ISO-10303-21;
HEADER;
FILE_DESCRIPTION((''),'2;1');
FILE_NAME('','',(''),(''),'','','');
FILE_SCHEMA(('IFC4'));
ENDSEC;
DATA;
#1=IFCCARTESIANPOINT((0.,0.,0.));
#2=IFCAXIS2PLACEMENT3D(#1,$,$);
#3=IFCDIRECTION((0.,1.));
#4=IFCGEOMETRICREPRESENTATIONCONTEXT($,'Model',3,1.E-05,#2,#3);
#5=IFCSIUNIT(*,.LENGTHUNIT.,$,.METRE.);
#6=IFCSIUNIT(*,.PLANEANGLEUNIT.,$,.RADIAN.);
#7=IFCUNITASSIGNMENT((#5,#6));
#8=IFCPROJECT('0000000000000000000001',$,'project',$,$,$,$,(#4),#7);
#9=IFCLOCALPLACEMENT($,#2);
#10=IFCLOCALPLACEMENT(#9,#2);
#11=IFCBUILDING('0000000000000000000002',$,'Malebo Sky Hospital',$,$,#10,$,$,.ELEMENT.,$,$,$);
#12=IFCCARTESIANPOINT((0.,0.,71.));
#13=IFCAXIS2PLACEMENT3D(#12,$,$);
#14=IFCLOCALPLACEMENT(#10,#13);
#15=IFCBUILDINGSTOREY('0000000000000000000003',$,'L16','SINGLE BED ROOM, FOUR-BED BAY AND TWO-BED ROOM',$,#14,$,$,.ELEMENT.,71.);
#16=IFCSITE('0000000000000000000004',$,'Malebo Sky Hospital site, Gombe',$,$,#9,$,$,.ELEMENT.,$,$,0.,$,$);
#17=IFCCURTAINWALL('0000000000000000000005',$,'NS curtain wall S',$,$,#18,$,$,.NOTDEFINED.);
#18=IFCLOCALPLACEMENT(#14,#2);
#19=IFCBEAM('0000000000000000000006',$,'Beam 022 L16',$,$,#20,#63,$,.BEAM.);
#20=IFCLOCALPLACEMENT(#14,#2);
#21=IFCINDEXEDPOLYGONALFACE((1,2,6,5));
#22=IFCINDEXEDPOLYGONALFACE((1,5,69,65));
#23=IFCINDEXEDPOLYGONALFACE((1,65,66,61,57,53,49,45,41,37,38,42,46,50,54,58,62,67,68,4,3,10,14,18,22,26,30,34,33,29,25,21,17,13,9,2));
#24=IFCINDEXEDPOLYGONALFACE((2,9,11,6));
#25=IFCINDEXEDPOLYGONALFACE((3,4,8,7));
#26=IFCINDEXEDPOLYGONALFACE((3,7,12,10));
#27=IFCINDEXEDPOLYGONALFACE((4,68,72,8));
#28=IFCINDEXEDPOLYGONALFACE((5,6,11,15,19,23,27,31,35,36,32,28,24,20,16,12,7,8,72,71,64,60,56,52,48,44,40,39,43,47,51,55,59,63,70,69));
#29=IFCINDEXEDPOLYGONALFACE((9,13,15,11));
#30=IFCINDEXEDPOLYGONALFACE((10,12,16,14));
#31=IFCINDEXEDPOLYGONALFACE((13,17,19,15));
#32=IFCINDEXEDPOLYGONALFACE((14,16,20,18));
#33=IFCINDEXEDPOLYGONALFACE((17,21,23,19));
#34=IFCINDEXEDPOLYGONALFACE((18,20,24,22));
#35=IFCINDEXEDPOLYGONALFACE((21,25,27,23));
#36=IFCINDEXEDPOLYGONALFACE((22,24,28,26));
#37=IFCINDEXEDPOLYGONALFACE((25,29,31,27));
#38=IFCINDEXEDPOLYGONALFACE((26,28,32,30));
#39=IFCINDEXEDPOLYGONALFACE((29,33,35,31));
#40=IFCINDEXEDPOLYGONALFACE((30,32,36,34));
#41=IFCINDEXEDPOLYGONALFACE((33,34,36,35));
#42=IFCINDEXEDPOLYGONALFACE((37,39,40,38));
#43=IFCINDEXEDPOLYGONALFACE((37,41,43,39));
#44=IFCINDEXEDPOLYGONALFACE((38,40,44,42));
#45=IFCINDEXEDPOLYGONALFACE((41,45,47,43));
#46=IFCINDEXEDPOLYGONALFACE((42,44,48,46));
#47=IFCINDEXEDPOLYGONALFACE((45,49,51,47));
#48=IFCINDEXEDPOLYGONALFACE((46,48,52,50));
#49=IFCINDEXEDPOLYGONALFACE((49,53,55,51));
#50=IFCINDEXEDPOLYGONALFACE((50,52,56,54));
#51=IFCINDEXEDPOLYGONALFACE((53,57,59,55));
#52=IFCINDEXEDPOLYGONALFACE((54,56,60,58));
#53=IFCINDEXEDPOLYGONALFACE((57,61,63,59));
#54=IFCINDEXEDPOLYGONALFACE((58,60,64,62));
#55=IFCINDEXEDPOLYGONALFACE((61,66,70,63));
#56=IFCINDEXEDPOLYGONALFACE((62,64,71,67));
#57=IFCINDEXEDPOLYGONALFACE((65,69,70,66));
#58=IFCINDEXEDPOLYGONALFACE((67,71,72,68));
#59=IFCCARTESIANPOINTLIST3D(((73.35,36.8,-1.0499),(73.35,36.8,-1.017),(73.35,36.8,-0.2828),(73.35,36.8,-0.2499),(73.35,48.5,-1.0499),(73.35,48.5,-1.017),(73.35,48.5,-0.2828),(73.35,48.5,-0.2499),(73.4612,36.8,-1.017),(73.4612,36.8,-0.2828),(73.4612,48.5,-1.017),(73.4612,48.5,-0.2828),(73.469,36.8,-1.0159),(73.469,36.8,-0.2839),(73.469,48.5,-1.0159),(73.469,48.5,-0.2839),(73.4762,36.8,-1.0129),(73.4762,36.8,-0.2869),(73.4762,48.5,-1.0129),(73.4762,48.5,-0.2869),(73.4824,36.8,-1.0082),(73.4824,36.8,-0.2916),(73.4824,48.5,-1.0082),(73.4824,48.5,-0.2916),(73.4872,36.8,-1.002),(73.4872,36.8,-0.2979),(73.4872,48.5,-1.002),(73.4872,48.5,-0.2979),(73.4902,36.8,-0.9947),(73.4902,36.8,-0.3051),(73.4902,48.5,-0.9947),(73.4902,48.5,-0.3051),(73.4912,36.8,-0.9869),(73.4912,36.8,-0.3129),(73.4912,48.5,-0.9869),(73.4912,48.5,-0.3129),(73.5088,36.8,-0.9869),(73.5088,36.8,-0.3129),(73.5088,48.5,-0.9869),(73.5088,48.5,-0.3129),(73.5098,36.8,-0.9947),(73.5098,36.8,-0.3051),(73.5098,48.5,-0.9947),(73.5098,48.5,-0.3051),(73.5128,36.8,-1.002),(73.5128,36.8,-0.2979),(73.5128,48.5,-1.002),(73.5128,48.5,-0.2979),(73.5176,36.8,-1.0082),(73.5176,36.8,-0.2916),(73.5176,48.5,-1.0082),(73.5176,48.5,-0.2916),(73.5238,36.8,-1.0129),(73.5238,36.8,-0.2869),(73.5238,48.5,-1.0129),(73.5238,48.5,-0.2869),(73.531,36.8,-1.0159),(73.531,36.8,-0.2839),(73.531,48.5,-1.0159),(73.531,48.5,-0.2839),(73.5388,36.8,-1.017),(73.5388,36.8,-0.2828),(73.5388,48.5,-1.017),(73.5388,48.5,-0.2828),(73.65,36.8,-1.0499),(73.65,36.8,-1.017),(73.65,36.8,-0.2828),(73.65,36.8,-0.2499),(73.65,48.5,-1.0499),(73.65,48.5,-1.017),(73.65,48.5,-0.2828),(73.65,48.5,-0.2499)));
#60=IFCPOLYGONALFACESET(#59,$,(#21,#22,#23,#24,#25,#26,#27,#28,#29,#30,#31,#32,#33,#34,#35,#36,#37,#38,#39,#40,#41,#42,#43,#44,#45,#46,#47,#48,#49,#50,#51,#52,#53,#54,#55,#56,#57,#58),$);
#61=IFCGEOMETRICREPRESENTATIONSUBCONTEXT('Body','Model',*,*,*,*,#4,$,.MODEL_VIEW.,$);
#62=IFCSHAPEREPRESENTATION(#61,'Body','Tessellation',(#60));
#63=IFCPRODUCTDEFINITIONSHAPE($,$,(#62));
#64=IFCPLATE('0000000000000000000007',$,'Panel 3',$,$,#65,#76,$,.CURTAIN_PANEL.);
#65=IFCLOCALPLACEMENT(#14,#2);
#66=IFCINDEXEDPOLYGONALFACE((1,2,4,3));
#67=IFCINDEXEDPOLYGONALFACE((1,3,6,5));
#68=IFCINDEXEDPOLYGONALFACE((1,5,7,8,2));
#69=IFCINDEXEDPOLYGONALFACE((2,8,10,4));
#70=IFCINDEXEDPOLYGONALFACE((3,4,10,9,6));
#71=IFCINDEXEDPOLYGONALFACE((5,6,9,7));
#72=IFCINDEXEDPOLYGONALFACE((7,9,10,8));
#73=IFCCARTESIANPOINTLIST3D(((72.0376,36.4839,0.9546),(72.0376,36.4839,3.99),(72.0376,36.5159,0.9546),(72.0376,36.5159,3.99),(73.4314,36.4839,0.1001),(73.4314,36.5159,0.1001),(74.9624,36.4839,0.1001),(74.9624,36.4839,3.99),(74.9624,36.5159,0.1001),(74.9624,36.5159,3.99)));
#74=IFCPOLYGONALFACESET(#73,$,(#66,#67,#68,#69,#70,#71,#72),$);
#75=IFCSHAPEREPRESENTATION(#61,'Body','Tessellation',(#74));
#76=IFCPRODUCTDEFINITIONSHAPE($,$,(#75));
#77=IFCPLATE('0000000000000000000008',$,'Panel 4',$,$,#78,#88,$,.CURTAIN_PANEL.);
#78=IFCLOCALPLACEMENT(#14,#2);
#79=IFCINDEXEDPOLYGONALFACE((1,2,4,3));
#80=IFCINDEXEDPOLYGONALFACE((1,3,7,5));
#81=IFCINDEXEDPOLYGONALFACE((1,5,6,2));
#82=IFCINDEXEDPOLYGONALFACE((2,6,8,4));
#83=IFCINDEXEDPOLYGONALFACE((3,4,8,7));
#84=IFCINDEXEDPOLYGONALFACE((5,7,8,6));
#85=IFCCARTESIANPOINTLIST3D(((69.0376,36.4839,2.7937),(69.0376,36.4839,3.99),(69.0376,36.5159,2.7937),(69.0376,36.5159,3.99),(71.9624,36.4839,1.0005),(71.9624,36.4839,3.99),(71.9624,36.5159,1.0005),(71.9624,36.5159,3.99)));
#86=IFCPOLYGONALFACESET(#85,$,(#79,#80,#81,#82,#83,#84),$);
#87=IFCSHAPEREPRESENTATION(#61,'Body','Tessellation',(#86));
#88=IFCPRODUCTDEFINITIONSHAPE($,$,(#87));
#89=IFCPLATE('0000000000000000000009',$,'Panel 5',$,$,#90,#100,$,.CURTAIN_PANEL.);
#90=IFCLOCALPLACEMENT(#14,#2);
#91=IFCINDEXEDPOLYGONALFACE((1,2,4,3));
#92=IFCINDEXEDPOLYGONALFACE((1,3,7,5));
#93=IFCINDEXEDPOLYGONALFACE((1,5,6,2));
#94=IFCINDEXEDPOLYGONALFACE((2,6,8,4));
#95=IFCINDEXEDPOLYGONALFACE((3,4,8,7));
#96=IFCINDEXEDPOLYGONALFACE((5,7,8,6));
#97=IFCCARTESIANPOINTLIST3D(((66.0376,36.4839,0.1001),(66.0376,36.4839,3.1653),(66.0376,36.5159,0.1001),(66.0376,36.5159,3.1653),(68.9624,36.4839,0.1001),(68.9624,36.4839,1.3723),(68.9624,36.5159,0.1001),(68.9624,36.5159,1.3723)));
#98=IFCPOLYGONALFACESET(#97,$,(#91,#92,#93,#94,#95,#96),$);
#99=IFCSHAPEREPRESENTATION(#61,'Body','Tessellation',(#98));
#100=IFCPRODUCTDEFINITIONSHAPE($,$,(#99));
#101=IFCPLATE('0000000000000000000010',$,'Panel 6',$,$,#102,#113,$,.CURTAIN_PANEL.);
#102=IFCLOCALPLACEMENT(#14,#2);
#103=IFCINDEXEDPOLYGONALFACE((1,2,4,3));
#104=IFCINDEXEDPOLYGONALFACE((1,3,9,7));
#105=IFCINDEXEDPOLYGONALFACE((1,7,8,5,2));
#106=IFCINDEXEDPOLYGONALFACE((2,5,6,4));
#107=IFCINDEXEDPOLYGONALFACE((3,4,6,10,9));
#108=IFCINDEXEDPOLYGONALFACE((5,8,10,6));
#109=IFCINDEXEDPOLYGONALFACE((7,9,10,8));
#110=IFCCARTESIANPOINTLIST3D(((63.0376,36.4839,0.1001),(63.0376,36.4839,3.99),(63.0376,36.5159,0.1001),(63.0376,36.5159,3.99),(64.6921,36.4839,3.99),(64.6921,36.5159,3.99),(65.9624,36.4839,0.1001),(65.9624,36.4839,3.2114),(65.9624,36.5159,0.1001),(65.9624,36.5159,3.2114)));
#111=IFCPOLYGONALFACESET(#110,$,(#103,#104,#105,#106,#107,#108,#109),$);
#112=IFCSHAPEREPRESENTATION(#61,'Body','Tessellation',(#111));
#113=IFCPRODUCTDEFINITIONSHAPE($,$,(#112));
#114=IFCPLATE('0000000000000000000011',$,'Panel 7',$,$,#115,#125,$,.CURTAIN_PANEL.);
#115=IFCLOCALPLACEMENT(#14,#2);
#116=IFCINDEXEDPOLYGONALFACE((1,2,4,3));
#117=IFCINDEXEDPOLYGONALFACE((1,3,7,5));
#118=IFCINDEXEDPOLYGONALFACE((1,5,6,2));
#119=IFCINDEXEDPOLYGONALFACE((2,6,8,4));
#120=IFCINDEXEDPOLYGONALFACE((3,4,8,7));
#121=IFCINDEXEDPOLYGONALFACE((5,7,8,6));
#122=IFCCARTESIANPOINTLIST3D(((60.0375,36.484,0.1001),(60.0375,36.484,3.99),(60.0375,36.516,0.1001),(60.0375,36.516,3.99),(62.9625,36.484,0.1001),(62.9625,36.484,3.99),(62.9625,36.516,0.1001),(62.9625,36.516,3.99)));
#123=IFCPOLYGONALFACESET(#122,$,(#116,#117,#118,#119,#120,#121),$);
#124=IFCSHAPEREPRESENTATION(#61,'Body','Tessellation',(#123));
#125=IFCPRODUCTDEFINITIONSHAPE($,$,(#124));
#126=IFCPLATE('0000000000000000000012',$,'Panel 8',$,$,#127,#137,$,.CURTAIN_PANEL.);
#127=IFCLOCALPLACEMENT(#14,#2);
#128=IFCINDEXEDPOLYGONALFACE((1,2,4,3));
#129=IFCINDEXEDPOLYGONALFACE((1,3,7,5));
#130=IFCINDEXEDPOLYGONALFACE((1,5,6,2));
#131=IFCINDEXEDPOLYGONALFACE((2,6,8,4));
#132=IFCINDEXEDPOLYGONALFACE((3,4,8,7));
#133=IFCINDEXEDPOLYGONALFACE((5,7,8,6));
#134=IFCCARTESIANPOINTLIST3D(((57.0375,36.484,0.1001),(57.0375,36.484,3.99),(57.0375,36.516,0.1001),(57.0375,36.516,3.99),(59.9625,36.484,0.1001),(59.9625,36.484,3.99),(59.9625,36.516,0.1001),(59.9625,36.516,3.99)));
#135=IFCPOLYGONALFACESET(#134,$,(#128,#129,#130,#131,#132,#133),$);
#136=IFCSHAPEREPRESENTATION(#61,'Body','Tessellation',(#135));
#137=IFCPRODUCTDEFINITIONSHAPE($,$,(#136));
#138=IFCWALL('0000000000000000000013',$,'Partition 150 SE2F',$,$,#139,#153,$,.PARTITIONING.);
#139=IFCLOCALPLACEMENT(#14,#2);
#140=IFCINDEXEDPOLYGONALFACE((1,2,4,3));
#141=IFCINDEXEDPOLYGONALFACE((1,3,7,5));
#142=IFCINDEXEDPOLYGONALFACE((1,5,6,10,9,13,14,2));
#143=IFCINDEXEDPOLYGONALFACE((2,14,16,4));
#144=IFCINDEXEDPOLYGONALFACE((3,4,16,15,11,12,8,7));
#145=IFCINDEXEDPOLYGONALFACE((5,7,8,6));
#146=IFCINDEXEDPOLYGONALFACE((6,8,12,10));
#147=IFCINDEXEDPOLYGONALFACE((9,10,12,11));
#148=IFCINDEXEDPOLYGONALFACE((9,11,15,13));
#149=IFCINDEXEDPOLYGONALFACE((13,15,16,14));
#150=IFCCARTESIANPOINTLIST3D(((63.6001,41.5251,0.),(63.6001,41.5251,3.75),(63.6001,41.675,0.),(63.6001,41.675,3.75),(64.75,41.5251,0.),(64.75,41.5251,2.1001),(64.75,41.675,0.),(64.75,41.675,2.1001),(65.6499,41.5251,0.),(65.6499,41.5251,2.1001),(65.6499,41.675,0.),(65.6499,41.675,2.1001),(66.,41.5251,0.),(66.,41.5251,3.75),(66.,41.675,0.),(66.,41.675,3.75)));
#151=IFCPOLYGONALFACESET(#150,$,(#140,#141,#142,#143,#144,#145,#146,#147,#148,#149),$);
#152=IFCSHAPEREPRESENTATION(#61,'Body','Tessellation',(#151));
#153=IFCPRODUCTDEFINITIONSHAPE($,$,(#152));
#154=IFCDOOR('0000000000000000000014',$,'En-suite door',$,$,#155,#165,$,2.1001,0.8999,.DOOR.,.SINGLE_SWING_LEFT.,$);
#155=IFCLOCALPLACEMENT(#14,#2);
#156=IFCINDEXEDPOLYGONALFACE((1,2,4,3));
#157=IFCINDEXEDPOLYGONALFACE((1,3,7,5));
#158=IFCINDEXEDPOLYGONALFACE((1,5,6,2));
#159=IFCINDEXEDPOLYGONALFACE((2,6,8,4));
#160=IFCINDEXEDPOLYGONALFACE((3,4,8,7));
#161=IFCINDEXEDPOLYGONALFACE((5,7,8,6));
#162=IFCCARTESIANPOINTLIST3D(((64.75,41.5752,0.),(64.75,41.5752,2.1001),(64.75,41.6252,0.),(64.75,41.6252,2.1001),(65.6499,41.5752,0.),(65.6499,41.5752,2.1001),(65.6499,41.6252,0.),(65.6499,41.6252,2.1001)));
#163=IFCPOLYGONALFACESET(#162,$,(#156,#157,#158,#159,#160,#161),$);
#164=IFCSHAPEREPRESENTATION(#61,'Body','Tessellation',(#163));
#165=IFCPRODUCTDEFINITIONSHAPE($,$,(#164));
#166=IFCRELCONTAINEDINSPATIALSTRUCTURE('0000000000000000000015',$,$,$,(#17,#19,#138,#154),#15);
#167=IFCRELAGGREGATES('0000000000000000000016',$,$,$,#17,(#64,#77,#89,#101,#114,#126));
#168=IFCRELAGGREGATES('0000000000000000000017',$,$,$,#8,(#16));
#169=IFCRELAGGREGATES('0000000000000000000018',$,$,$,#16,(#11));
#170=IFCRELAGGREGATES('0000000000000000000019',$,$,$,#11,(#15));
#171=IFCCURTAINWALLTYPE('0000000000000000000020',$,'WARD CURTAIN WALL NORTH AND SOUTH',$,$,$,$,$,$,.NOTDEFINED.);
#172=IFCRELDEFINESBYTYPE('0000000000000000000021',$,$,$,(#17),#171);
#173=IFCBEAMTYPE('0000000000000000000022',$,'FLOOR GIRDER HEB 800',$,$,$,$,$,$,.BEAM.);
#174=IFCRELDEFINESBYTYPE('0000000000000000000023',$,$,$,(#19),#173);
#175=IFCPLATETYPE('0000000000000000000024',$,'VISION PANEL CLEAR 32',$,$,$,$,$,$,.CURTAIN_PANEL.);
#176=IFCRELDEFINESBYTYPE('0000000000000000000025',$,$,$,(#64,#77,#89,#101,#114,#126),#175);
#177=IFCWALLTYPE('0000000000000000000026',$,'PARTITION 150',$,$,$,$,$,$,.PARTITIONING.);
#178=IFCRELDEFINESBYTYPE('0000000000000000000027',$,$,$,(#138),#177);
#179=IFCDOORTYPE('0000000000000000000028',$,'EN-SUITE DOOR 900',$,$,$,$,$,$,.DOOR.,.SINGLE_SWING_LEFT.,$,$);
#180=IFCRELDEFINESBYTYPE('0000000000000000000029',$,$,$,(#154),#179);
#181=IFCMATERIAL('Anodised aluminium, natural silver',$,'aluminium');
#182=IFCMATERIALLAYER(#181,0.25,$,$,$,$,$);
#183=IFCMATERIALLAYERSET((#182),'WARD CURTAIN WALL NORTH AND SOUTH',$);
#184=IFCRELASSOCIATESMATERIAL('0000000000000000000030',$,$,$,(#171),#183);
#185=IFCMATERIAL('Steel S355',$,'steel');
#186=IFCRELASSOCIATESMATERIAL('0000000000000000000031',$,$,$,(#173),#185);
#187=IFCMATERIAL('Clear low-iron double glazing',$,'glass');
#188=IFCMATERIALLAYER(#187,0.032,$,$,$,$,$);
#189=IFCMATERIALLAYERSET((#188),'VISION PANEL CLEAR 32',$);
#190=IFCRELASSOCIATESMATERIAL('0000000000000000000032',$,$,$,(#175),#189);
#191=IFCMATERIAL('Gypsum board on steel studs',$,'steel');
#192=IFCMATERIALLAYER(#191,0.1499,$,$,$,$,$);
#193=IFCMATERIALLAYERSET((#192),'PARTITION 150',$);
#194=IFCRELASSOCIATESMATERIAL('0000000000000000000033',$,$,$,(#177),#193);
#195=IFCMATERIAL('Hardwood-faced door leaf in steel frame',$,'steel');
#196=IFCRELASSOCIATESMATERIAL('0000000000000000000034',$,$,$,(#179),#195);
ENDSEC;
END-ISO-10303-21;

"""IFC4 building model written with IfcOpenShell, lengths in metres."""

from ifc_helpers import new_model, si_unit, direction, frame, frame_2d, origin, origin_2d, place, context, subcontext, project, spatial, polyline, rectangle, i_section, outline, extrude, material, layer, layer_set, material_profile, profile_set, type_object, element, fill, aggregate, save


model = new_model("IFC4")

# Units and contexts
model_context = context("Model", 3, precision=1e-05, world=origin(), true_north=direction((0.0, 1.0)))
body_context = subcontext(model_context, "Body", "Model", "MODEL_VIEW")
ifc_project = project(units=[si_unit("LENGTHUNIT", "METRE"), si_unit("PLANEANGLEUNIT", "RADIAN")], contexts=[model_context])

# Site, building, storey
site_placement = place(None, origin())
site = spatial("IfcSite", under=ifc_project, at=site_placement, Name="Malebo Sky Hospital site, Gombe", CompositionType="ELEMENT", RefElevation=0.0)
building_placement = place(site_placement, origin())
building = spatial("IfcBuilding", under=site, at=building_placement, Name="Malebo Sky Hospital", CompositionType="ELEMENT")
storey_placement = place(building_placement, frame((0.0, 0.0, 71.0)))
storey = spatial("IfcBuildingStorey", under=building, at=storey_placement, Name="L16", Description="SINGLE BED ROOM, FOUR-BED BAY AND TWO-BED ROOM", CompositionType="ELEMENT", Elevation=71.0)

# Curtain wall
ifc_material_1 = material(Name="Anodised aluminium, natural silver", Category="aluminium")
ifc_layer_1 = layer(ifc_material_1, 0.25)
ifc_layer_set_1 = layer_set([ifc_layer_1], Name="WARD CURTAIN WALL NORTH AND SOUTH")
curtain_wall_type = type_object("IfcCurtainWallType", Name="WARD CURTAIN WALL NORTH AND SOUTH", PredefinedType="NOTDEFINED", material=ifc_layer_set_1)
curtain_wall_placement = place(storey_placement, origin())
curtain_wall = element("IfcCurtainWall", 1, at=curtain_wall_placement, inside=storey, type_object=curtain_wall_type, Name="NS curtain wall S", PredefinedType="NOTDEFINED")

# Shared definitions
ifc_material_2 = material(Name="Steel S355", Category="steel")

# Beam
ifc_material_profile_1 = material_profile(ifc_material_2, i_section(OverallWidth=0.3, OverallDepth=0.8, WebThickness=0.0176, FlangeThickness=0.033, FilletRadius=0.03, at=origin_2d()), Name="HEB 800")
ifc_profile_set_1 = profile_set([ifc_material_profile_1], Name="Steel S355")
beam_type_1 = type_object("IfcBeamType", Name="FLOOR GIRDER HEB 800", PredefinedType="BEAM", material=ifc_profile_set_1)
beam_1_placement = place(storey_placement, frame((73.5, 36.8, -0.6499), z_axis=(0.0, 1.0, 0.0), x_axis=(-1.0, 0.0, 0.0)))
element("IfcBeam", 2, at=beam_1_placement, inside=storey, type_object=beam_type_1, Name="Beam 022 L16", PredefinedType="BEAM", context=body_context, shape_type="SweptSolid", body=[
    extrude(i_section(OverallWidth=0.3, OverallDepth=0.8, WebThickness=0.0176, FlangeThickness=0.033, FilletRadius=0.03, at=origin_2d()), origin(), (0.0, 0.0, 1.0), 11.7),
])

# Plates
ifc_material_3 = material(Name="Clear low-iron double glazing", Category="glass")
ifc_layer_2 = layer(ifc_material_3, 0.032)
ifc_layer_set_2 = layer_set([ifc_layer_2], Name="VISION PANEL CLEAR 32")
plate_type = type_object("IfcPlateType", Name="VISION PANEL CLEAR 32", PredefinedType="CURTAIN_PANEL", material=ifc_layer_set_2)
plate_1_placement = place(storey_placement, frame((73.5, 36.5, 0.1001), z_axis=(0.0, 0.0, 1.0), x_axis=(-1.0, 0.0, 0.0)))
plate_1 = element("IfcPlate", 3, at=plate_1_placement, type_object=plate_type, Name="Panel 3", PredefinedType="CURTAIN_PANEL", context=body_context, shape_type="SweptSolid", body=[
    extrude(outline(polyline([(-1.4624, 0.0), (0.0686, 0.0), (1.4624, 0.8545), (1.4624, 3.8899), (-1.4624, 3.8899), (-1.4624, 0.0)])), frame((0.0, 0.0161, 0.0), z_axis=(0.0, -1.0, 0.0), x_axis=(1.0, 0.0, 0.0)), (0.0, 0.0, 1.0), 0.032),
])
plate_2_placement = place(storey_placement, frame((70.5, 36.5, 1.0005), z_axis=(0.0, 0.0, 1.0), x_axis=(-1.0, 0.0, 0.0)))
plate_2 = element("IfcPlate", 4, at=plate_2_placement, type_object=plate_type, Name="Panel 4", PredefinedType="CURTAIN_PANEL", context=body_context, shape_type="SweptSolid", body=[
    extrude(outline(polyline([(-1.4624, 0.0), (1.4624, 1.7932), (1.4624, 2.9895), (-1.4624, 2.9895), (-1.4624, 0.0)])), frame((0.0, 0.0161, 0.0), z_axis=(0.0, -1.0, 0.0), x_axis=(1.0, 0.0, 0.0)), (0.0, 0.0, 1.0), 0.032),
])
plate_3_placement = place(storey_placement, frame((67.5, 36.5, 0.1001), z_axis=(0.0, 0.0, 1.0), x_axis=(-1.0, 0.0, 0.0)))
plate_3 = element("IfcPlate", 5, at=plate_3_placement, type_object=plate_type, Name="Panel 5", PredefinedType="CURTAIN_PANEL", context=body_context, shape_type="SweptSolid", body=[
    extrude(outline(polyline([(-1.4624, 0.0), (1.4624, 0.0), (1.4624, 3.0652), (-1.4624, 1.2722), (-1.4624, 0.0)])), frame((0.0, 0.0161, 0.0), z_axis=(0.0, -1.0, 0.0), x_axis=(1.0, 0.0, 0.0)), (0.0, 0.0, 1.0), 0.032),
])
plate_4_placement = place(storey_placement, frame((64.5, 36.5, 0.1001), z_axis=(0.0, 0.0, 1.0), x_axis=(-1.0, 0.0, 0.0)))
plate_4 = element("IfcPlate", 6, at=plate_4_placement, type_object=plate_type, Name="Panel 6", PredefinedType="CURTAIN_PANEL", context=body_context, shape_type="SweptSolid", body=[
    extrude(outline(polyline([(-1.4624, 0.0), (1.4624, 0.0), (1.4624, 3.8899), (-0.1921, 3.8899), (-1.4624, 3.1113), (-1.4624, 0.0)])), frame((0.0, 0.0161, 0.0), z_axis=(0.0, -1.0, 0.0), x_axis=(1.0, 0.0, 0.0)), (0.0, 0.0, 1.0), 0.032),
])
plate_5_placement = place(storey_placement, frame((61.5, 36.5, 0.1001), z_axis=(0.0, 0.0, 1.0), x_axis=(-1.0, 0.0, 0.0)))
plate_5 = element("IfcPlate", 7, at=plate_5_placement, type_object=plate_type, Name="Panel 7", PredefinedType="CURTAIN_PANEL", context=body_context, shape_type="SweptSolid", body=[
    extrude(rectangle(XDim=2.925, YDim=0.032, at=origin_2d()), origin(), (0.0, 0.0, 1.0), 3.8899),
])
plate_6_placement = place(storey_placement, frame((58.5, 36.5, 0.1001), z_axis=(0.0, 0.0, 1.0), x_axis=(-1.0, 0.0, 0.0)))
plate_6 = element("IfcPlate", 8, at=plate_6_placement, type_object=plate_type, Name="Panel 8", PredefinedType="CURTAIN_PANEL", context=body_context, shape_type="SweptSolid", body=[
    extrude(rectangle(XDim=2.925, YDim=0.032, at=origin_2d()), origin(), (0.0, 0.0, 1.0), 3.8899),
])
aggregate(curtain_wall, [plate_1, plate_2, plate_3, plate_4, plate_5, plate_6])

# Wall, opening, door
ifc_material_4 = material(Name="Gypsum board on steel studs", Category="steel")
ifc_layer_3 = layer(ifc_material_4, 0.1499)
ifc_layer_set_3 = layer_set([ifc_layer_3], Name="PARTITION 150")
wall_type = type_object("IfcWallType", Name="PARTITION 150", PredefinedType="PARTITIONING", material=ifc_layer_set_3)
wall_1_placement = place(storey_placement, frame((66.0, 41.6001, 0.0), z_axis=(0.0, 0.0, 1.0), x_axis=(-1.0, 0.0, 0.0)))
wall_1 = element("IfcWall", 9, at=wall_1_placement, inside=storey, type_object=wall_type, Name="Partition 150 SE2F", PredefinedType="PARTITIONING", context=body_context, shape_type="SweptSolid", body=[
    extrude(rectangle(XDim=2.3999, YDim=0.1499, at=frame_2d((1.2, 0.0))), origin(), (0.0, 0.0, 1.0), 3.75),
])
opening_1_placement = place(wall_1_placement, frame((0.3501, 0.0, 0.0)))
opening_1 = element("IfcOpeningElement", 10, at=opening_1_placement, cuts=wall_1, PredefinedType="OPENING", context=body_context, shape_type="SweptSolid", body=[
    extrude(rectangle(XDim=0.8999, YDim=2.1001, at=frame_2d((0.45, 1.05))), frame((0.0, 0.085, 0.0), z_axis=(0.0, -1.0, 0.0), x_axis=(1.0, 0.0, 0.0)), (0.0, 0.0, 1.0), 0.1699),
])
ifc_material_5 = material(Name="Hardwood-faced door leaf in steel frame", Category="steel")
door_type = type_object("IfcDoorType", Name="EN-SUITE DOOR 900", OperationType="SINGLE_SWING_LEFT", PredefinedType="DOOR", material=ifc_material_5)
door_1_placement = place(opening_1_placement, origin())
door_1 = element("IfcDoor", 11, at=door_1_placement, inside=storey, type_object=door_type, Name="En-suite door", OperationType="SINGLE_SWING_LEFT", OverallHeight=2.1001, OverallWidth=0.8999, PredefinedType="DOOR", context=body_context, shape_type="SweptSolid", body=[
    extrude(rectangle(XDim=0.8999, YDim=2.1001, at=frame_2d((0.45, 1.05))), frame((0.0, 0.0249, 0.0), z_axis=(0.0, -1.0, 0.0), x_axis=(1.0, 0.0, 0.0)), (0.0, 0.0, 1.0), 0.05),
])
fill(opening_1, door_1)

save(model, "model.ifc")
